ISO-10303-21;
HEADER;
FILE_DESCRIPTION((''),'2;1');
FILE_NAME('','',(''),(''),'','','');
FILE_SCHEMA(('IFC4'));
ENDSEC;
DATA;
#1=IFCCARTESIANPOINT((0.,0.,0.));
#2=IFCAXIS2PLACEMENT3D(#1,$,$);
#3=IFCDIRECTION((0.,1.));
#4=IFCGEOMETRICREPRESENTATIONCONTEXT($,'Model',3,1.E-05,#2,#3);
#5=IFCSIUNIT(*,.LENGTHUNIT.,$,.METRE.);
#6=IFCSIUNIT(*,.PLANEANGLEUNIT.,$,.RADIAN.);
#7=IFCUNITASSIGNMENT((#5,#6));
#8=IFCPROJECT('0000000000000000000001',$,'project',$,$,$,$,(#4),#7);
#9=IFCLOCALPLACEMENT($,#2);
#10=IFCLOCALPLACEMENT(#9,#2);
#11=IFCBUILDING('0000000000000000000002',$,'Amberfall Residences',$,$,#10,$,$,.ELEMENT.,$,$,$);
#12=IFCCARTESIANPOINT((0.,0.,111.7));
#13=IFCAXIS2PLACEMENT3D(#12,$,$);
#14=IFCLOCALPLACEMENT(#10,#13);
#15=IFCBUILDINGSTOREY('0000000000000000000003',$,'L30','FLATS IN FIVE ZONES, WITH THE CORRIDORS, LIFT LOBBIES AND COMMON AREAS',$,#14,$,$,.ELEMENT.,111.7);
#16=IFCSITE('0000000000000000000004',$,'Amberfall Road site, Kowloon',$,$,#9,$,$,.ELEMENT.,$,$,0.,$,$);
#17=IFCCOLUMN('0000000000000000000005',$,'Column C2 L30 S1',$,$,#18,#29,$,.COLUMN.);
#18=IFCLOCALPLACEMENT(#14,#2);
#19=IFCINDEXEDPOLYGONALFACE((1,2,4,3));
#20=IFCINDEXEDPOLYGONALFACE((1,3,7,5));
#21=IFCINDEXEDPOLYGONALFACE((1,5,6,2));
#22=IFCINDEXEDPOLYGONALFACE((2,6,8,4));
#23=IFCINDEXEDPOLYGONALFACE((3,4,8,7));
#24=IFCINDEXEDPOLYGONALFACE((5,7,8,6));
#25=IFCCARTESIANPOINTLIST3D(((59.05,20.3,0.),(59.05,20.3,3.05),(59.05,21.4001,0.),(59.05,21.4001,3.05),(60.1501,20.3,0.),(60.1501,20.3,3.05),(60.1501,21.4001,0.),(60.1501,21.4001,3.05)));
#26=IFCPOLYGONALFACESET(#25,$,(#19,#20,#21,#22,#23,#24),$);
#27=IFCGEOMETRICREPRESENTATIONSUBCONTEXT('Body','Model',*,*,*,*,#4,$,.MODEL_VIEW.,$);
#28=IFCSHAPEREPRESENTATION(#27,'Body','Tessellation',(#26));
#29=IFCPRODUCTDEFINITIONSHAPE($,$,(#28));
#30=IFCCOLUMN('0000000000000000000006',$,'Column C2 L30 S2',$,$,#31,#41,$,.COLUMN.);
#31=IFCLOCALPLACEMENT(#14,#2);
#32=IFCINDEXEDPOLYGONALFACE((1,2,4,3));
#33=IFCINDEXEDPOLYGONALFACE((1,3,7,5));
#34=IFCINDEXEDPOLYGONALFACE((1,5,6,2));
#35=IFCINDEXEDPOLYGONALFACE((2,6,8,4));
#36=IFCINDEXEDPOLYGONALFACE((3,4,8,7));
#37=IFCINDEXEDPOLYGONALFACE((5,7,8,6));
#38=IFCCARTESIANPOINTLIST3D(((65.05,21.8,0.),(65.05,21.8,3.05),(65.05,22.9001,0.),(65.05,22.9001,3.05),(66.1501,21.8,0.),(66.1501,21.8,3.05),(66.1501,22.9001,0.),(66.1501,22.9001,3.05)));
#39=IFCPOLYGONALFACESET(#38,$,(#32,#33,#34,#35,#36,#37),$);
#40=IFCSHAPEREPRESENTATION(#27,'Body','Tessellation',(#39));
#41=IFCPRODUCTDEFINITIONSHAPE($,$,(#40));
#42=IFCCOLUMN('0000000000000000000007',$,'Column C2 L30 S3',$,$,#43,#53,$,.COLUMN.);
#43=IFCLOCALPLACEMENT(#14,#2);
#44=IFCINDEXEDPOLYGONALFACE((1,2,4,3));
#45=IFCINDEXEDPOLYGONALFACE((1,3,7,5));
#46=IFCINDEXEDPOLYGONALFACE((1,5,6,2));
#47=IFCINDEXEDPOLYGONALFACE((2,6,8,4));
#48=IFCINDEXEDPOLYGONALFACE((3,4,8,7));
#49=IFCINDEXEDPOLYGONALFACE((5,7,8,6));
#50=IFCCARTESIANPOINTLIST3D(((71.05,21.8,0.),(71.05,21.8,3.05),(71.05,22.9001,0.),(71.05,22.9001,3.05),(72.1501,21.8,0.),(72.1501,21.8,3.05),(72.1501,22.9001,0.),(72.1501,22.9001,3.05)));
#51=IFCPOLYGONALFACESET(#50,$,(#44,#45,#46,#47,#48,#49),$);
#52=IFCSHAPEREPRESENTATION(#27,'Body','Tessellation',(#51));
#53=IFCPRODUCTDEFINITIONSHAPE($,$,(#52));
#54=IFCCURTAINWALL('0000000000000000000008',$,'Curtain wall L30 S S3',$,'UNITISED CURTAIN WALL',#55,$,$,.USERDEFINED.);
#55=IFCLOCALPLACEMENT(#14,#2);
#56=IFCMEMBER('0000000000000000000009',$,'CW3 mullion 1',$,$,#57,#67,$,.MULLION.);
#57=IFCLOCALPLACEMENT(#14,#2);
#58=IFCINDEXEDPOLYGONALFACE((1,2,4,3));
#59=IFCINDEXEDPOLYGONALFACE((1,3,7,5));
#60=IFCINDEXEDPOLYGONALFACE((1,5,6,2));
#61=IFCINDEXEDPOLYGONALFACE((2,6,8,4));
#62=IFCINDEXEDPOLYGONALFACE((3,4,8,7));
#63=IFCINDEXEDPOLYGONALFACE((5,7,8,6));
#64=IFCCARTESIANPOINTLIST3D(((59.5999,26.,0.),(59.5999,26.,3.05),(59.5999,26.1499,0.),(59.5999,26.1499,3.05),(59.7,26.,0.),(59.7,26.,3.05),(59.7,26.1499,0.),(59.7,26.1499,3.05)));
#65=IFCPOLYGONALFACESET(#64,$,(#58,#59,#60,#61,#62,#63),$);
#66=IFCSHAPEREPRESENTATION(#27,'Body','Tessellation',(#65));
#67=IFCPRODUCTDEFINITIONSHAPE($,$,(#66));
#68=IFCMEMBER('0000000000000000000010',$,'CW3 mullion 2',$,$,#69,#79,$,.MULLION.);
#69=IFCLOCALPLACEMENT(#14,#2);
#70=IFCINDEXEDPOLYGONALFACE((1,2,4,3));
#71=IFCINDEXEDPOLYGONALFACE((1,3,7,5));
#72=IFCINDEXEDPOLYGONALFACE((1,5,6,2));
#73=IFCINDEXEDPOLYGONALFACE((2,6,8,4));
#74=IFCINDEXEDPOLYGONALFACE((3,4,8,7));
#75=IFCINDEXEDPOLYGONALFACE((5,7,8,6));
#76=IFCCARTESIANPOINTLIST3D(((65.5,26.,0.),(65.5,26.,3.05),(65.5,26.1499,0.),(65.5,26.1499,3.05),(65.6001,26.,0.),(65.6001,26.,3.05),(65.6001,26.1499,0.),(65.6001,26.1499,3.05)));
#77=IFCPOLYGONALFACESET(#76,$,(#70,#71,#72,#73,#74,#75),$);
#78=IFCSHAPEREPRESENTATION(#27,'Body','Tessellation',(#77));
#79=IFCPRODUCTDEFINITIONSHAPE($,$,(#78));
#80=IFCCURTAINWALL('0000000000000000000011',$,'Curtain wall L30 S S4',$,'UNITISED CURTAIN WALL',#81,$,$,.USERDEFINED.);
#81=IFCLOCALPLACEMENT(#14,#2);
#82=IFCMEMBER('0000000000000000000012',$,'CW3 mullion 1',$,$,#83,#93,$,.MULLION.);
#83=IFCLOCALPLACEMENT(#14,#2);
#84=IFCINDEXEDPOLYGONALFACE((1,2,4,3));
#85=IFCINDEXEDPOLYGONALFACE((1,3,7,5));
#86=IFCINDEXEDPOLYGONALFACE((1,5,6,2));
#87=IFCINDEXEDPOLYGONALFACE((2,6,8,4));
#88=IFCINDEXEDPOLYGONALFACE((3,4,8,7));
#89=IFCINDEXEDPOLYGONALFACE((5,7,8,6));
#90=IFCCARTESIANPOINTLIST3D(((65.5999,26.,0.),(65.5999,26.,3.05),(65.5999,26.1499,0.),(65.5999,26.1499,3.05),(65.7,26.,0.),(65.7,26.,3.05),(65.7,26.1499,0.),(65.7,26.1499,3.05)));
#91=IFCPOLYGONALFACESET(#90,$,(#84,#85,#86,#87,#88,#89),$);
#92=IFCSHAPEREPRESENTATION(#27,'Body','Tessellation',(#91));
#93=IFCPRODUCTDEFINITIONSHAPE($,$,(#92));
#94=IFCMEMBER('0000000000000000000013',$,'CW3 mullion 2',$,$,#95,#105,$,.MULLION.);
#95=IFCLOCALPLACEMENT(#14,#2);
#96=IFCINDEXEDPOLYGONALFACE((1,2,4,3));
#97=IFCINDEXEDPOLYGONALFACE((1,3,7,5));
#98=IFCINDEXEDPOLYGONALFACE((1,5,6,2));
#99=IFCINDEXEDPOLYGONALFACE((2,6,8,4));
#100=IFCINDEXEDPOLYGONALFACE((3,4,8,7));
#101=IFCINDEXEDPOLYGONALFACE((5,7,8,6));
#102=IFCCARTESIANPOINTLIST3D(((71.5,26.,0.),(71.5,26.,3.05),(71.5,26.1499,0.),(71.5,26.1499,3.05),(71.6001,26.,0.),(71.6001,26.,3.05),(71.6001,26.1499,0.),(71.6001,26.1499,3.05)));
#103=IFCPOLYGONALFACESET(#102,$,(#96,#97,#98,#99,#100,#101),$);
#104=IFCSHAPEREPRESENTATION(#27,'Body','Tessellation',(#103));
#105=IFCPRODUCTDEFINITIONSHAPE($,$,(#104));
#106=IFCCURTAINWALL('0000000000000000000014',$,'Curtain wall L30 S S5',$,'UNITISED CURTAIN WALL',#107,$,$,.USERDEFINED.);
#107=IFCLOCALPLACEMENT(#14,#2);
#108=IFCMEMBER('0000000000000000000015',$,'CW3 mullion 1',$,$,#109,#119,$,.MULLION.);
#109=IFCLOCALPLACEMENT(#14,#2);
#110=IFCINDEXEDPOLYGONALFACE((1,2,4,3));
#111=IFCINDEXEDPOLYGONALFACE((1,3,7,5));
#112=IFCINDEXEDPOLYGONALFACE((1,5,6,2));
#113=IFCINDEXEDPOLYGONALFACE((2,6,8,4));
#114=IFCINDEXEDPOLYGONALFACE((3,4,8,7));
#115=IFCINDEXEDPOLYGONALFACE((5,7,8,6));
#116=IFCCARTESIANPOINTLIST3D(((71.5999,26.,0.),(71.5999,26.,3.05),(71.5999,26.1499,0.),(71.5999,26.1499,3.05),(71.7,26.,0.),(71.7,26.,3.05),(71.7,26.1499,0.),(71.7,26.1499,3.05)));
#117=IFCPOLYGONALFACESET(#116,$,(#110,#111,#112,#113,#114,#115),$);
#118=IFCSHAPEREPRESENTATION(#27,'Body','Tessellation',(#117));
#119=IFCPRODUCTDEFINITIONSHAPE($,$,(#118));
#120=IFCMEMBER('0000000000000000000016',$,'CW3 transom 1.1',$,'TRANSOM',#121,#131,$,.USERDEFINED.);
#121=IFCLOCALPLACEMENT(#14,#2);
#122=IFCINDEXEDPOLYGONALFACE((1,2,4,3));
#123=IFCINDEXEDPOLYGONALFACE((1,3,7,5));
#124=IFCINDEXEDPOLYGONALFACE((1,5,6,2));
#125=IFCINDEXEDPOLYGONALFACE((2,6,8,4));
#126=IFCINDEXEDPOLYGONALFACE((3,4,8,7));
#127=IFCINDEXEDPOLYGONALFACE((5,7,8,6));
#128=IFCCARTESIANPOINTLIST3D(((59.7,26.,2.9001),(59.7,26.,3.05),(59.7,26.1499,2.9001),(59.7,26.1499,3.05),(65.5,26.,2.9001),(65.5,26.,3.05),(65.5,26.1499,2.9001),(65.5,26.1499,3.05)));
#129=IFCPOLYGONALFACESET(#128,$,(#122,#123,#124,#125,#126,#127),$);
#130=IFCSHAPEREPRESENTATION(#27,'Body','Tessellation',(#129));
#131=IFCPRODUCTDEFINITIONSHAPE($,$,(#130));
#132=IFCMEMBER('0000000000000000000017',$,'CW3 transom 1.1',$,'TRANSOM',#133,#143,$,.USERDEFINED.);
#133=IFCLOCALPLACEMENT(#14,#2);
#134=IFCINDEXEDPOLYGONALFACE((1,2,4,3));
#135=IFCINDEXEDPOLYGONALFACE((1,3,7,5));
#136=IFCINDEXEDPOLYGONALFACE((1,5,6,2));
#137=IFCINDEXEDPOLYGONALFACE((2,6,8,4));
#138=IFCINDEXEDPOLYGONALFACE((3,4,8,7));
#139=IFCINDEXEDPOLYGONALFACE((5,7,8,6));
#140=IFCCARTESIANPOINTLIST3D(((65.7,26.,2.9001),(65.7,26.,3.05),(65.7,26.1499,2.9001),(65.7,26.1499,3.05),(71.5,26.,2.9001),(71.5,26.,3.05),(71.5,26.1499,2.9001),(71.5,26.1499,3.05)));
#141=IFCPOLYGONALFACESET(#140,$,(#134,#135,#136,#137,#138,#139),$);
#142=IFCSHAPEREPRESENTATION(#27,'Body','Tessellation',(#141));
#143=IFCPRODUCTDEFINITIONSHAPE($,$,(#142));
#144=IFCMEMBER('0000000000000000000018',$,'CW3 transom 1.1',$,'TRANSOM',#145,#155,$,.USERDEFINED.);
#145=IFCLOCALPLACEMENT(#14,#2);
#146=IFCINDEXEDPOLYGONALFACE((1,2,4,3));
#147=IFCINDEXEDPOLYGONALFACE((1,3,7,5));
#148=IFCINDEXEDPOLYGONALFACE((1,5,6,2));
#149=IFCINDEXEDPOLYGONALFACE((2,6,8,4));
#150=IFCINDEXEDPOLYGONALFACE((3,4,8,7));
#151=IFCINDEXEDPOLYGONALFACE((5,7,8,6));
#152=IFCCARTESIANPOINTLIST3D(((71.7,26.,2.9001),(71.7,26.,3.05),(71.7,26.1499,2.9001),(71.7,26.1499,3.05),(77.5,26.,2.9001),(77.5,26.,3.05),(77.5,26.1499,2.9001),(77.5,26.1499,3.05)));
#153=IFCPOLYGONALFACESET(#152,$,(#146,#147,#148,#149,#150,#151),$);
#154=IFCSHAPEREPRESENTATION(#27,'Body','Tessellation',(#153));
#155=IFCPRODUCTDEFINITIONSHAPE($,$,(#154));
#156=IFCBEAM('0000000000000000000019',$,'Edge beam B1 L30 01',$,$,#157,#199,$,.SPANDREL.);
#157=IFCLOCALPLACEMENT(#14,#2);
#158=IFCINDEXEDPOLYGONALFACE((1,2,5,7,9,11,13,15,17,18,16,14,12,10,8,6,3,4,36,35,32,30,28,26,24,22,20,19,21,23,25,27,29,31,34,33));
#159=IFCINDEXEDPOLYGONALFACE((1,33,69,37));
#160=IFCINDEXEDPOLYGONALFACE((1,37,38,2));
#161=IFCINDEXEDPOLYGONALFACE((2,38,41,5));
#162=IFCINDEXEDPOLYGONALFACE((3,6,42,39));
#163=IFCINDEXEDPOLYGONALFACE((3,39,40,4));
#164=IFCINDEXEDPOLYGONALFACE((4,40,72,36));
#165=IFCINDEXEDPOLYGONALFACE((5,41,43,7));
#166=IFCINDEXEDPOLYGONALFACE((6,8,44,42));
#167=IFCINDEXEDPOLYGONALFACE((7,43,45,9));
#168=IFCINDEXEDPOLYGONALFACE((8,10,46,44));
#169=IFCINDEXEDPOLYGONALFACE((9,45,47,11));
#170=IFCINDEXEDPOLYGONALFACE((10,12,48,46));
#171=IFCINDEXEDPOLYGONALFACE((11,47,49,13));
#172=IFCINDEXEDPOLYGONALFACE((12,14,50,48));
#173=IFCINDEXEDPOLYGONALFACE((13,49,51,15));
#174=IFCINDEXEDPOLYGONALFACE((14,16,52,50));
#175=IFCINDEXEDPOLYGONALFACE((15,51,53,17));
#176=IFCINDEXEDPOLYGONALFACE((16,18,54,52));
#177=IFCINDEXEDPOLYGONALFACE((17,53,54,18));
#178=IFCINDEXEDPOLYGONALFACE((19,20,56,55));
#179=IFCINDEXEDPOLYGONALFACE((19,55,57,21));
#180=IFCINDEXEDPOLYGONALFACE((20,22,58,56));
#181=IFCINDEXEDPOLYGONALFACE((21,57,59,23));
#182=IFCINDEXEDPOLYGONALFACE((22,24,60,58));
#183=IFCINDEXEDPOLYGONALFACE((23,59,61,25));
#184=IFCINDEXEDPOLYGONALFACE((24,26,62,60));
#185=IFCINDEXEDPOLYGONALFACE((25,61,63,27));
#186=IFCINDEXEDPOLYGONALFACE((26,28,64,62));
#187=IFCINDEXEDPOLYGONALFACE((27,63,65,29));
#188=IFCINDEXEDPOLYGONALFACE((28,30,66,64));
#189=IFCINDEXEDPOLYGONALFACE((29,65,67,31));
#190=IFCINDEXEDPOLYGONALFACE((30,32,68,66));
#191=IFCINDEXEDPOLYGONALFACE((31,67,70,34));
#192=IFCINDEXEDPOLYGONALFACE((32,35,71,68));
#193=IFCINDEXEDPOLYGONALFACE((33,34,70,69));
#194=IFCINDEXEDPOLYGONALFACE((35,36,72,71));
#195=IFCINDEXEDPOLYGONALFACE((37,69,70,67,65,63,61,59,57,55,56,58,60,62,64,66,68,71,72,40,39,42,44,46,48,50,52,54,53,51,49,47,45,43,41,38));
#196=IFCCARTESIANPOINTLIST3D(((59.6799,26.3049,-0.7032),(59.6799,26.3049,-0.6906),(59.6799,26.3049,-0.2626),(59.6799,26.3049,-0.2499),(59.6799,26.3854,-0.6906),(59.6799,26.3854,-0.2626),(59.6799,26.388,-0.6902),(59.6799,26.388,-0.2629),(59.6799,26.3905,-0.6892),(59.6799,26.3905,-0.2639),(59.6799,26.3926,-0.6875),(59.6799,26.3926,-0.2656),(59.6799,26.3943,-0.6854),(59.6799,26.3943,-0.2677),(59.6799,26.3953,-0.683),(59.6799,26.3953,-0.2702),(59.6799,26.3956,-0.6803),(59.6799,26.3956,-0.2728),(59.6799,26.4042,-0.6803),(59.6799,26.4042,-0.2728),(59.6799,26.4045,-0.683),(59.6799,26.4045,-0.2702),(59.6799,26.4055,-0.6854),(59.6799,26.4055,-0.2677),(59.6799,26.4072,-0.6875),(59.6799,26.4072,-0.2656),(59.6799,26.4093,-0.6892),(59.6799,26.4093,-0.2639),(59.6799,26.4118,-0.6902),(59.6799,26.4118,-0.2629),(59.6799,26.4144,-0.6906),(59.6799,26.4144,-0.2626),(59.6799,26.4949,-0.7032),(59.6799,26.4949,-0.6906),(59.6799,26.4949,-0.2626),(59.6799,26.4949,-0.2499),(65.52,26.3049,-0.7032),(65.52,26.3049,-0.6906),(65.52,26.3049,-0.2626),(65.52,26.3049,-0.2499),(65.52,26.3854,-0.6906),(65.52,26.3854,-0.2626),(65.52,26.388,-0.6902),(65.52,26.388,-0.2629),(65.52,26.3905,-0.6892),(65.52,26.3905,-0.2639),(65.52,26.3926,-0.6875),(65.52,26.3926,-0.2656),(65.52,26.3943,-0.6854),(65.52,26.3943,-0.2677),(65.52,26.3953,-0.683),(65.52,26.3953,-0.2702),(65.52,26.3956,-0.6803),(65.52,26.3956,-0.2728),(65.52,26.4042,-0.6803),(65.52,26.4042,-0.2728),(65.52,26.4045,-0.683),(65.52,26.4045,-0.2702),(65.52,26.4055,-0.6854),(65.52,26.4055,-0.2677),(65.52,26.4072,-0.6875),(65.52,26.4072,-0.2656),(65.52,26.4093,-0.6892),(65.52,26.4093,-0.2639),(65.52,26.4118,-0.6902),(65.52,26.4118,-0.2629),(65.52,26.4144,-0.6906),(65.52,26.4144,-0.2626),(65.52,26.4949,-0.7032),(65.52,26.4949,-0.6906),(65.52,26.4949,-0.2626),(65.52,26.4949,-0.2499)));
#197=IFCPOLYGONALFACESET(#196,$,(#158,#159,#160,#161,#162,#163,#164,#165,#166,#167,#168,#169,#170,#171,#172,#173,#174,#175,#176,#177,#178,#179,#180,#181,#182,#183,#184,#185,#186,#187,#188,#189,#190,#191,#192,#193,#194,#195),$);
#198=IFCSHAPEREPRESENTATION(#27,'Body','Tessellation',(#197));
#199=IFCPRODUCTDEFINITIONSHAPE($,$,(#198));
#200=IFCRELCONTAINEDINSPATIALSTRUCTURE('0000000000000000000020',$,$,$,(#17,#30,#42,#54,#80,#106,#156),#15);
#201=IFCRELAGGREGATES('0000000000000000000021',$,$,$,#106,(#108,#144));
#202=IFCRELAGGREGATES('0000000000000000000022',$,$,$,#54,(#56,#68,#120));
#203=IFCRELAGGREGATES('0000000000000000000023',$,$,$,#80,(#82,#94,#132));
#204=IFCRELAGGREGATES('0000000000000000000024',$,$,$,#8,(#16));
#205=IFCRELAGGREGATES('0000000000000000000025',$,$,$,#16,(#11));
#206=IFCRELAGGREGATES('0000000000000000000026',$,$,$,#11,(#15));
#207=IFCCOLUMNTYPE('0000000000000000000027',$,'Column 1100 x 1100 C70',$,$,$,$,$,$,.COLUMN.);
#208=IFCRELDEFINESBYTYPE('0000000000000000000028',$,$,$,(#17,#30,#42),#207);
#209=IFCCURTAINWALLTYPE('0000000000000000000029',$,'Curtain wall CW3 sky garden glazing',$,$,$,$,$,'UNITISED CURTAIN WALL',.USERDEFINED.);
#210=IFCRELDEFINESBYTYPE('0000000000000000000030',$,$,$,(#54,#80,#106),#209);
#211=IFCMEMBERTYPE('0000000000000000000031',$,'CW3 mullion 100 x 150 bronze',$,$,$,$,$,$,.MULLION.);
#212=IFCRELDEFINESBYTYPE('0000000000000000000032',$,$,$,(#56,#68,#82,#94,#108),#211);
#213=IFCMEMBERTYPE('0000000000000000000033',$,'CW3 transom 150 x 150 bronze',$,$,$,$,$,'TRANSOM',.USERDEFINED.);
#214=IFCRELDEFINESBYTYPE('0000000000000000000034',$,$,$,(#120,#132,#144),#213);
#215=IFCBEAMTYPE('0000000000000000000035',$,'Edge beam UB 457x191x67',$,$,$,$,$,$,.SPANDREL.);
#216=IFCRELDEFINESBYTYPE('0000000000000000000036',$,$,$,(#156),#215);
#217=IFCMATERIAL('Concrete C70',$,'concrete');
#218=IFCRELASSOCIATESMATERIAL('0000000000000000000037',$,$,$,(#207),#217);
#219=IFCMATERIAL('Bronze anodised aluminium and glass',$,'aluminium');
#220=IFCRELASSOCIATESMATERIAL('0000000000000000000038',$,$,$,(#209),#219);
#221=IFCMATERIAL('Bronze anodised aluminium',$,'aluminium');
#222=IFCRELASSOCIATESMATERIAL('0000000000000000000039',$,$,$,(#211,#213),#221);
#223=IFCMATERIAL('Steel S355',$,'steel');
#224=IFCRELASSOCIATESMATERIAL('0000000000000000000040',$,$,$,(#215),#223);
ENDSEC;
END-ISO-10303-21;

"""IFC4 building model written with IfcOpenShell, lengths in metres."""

from ifc_helpers import new_model, si_unit, direction, frame, origin, origin_2d, place, context, subcontext, project, spatial, rectangle, i_section, extrude, material, material_profile, profile_set, type_object, element, aggregate, save


model = new_model("IFC4")

# Units and contexts
model_context = context("Model", 3, precision=1e-05, world=origin(), true_north=direction((0.0, 1.0)))
body_context = subcontext(model_context, "Body", "Model", "MODEL_VIEW")
ifc_project = project(units=[si_unit("LENGTHUNIT", "METRE"), si_unit("PLANEANGLEUNIT", "RADIAN")], contexts=[model_context])

# Site, building, storey
site_placement = place(None, origin())
site = spatial("IfcSite", under=ifc_project, at=site_placement, Name="Amberfall Road site, Kowloon", CompositionType="ELEMENT", RefElevation=0.0)
building_placement = place(site_placement, origin())
building = spatial("IfcBuilding", under=site, at=building_placement, Name="Amberfall Residences", CompositionType="ELEMENT")
storey_placement = place(building_placement, frame((0.0, 0.0, 111.7)))
storey = spatial("IfcBuildingStorey", under=building, at=storey_placement, Name="L30", Description="FLATS IN FIVE ZONES, WITH THE CORRIDORS, LIFT LOBBIES AND COMMON AREAS", CompositionType="ELEMENT", Elevation=111.7)

# Columns
ifc_material_1 = material(Name="Concrete C70", Category="concrete")
ifc_material_profile_1 = material_profile(ifc_material_1, rectangle(XDim=1.1001, YDim=1.1001, at=origin_2d()), Name="Column 1100 x 1100 C70")
ifc_profile_set_1 = profile_set([ifc_material_profile_1], Name="Concrete C70")
column_type = type_object("IfcColumnType", Name="Column 1100 x 1100 C70", PredefinedType="COLUMN", material=ifc_profile_set_1)
for number, where, z_axis, x_axis, name in (
    (1, (59.6001, 20.8501, 0.0), (0.0, 0.0, 1.0), (1.0, 0.0, 0.0), "Column C2 L30 S1"),
    (2, (65.6001, 22.3501, 0.0), (0.0, 0.0, 1.0), (1.0, 0.0, 0.0), "Column C2 L30 S2"),
    (3, (71.6001, 22.3501, 0.0), (0.0, 0.0, 1.0), (1.0, 0.0, 0.0), "Column C2 L30 S3"),
):
    element("IfcColumn", number, at=place(storey_placement, frame(where, z_axis=z_axis, x_axis=x_axis)), inside=storey, type_object=column_type, Name=name, PredefinedType="COLUMN", context=body_context, shape_type="SweptSolid", body=[
        extrude(rectangle(XDim=1.1001, YDim=1.1001, at=origin_2d()), origin(), (0.0, 0.0, 1.0), 3.05),
    ])

# Curtain walls, members
ifc_material_2 = material(Name="Bronze anodised aluminium and glass", Category="aluminium")
curtain_wall_type = type_object("IfcCurtainWallType", Name="Curtain wall CW3 sky garden glazing", ElementType="UNITISED CURTAIN WALL", PredefinedType="USERDEFINED", material=ifc_material_2)
curtain_wall_1_placement = place(storey_placement, origin())
curtain_wall_1 = element("IfcCurtainWall", 4, at=curtain_wall_1_placement, inside=storey, type_object=curtain_wall_type, Name="Curtain wall L30 S S3", ObjectType="UNITISED CURTAIN WALL", PredefinedType="USERDEFINED")
ifc_material_3 = material(Name="Bronze anodised aluminium", Category="aluminium")
ifc_material_profile_2 = material_profile(ifc_material_3, rectangle(XDim=0.1499, YDim=0.1001, at=origin_2d()), Name="CW3 mullion 100 x 150 bronze")
ifc_profile_set_2 = profile_set([ifc_material_profile_2], Name="Bronze anodised aluminium")
member_type_1 = type_object("IfcMemberType", Name="CW3 mullion 100 x 150 bronze", PredefinedType="MULLION", material=ifc_profile_set_2)
member_1_placement = place(storey_placement, frame((59.6499, 26.075, 0.0), z_axis=(0.0, 0.0, 1.0), x_axis=(0.0, 1.0, 0.0)))
member_1 = element("IfcMember", 5, at=member_1_placement, type_object=member_type_1, Name="CW3 mullion 1", PredefinedType="MULLION", context=body_context, shape_type="SweptSolid", body=[
    extrude(rectangle(XDim=0.1499, YDim=0.1001, at=origin_2d()), origin(), (0.0, 0.0, 1.0), 3.05),
])
member_2_placement = place(storey_placement, frame((65.55, 26.075, 0.0), z_axis=(0.0, 0.0, 1.0), x_axis=(0.0, 1.0, 0.0)))
member_2 = element("IfcMember", 6, at=member_2_placement, type_object=member_type_1, Name="CW3 mullion 2", PredefinedType="MULLION", context=body_context, shape_type="SweptSolid", body=[
    extrude(rectangle(XDim=0.1499, YDim=0.1001, at=origin_2d()), origin(), (0.0, 0.0, 1.0), 3.05),
])
curtain_wall_2_placement = place(storey_placement, origin())
curtain_wall_2 = element("IfcCurtainWall", 7, at=curtain_wall_2_placement, inside=storey, type_object=curtain_wall_type, Name="Curtain wall L30 S S4", ObjectType="UNITISED CURTAIN WALL", PredefinedType="USERDEFINED")
member_3_placement = place(storey_placement, frame((65.6499, 26.075, 0.0), z_axis=(0.0, 0.0, 1.0), x_axis=(0.0, 1.0, 0.0)))
member_3 = element("IfcMember", 8, at=member_3_placement, type_object=member_type_1, Name="CW3 mullion 1", PredefinedType="MULLION", context=body_context, shape_type="SweptSolid", body=[
    extrude(rectangle(XDim=0.1499, YDim=0.1001, at=origin_2d()), origin(), (0.0, 0.0, 1.0), 3.05),
])
member_4_placement = place(storey_placement, frame((71.55, 26.075, 0.0), z_axis=(0.0, 0.0, 1.0), x_axis=(0.0, 1.0, 0.0)))
member_4 = element("IfcMember", 9, at=member_4_placement, type_object=member_type_1, Name="CW3 mullion 2", PredefinedType="MULLION", context=body_context, shape_type="SweptSolid", body=[
    extrude(rectangle(XDim=0.1499, YDim=0.1001, at=origin_2d()), origin(), (0.0, 0.0, 1.0), 3.05),
])

# Curtain wall, member
curtain_wall_3_placement = place(storey_placement, origin())
curtain_wall_3 = element("IfcCurtainWall", 10, at=curtain_wall_3_placement, inside=storey, type_object=curtain_wall_type, Name="Curtain wall L30 S S5", ObjectType="UNITISED CURTAIN WALL", PredefinedType="USERDEFINED")
member_5_placement = place(storey_placement, frame((71.6499, 26.075, 0.0), z_axis=(0.0, 0.0, 1.0), x_axis=(0.0, 1.0, 0.0)))
member_5 = element("IfcMember", 11, at=member_5_placement, type_object=member_type_1, Name="CW3 mullion 1", PredefinedType="MULLION", context=body_context, shape_type="SweptSolid", body=[
    extrude(rectangle(XDim=0.1499, YDim=0.1001, at=origin_2d()), origin(), (0.0, 0.0, 1.0), 3.05),
])

# Members
ifc_material_profile_3 = material_profile(ifc_material_3, rectangle(XDim=0.1499, YDim=0.1499, at=origin_2d()), Name="CW3 transom 150 x 150 bronze")
ifc_profile_set_3 = profile_set([ifc_material_profile_3], Name="Bronze anodised aluminium")
member_type_2 = type_object("IfcMemberType", Name="CW3 transom 150 x 150 bronze", ElementType="TRANSOM", PredefinedType="USERDEFINED", material=ifc_profile_set_3)
member_6_placement = place(storey_placement, frame((59.7, 26.075, 2.9751), z_axis=(1.0, 0.0, 0.0), x_axis=(0.0, 1.0, 0.0)))
member_6 = element("IfcMember", 12, at=member_6_placement, type_object=member_type_2, Name="CW3 transom 1.1", ObjectType="TRANSOM", PredefinedType="USERDEFINED", context=body_context, shape_type="SweptSolid", body=[
    extrude(rectangle(XDim=0.1499, YDim=0.1499, at=origin_2d()), origin(), (0.0, 0.0, 1.0), 5.8),
])
member_7_placement = place(storey_placement, frame((65.7, 26.075, 2.9751), z_axis=(1.0, 0.0, 0.0), x_axis=(0.0, 1.0, 0.0)))
member_7 = element("IfcMember", 13, at=member_7_placement, type_object=member_type_2, Name="CW3 transom 1.1", ObjectType="TRANSOM", PredefinedType="USERDEFINED", context=body_context, shape_type="SweptSolid", body=[
    extrude(rectangle(XDim=0.1499, YDim=0.1499, at=origin_2d()), origin(), (0.0, 0.0, 1.0), 5.8),
])
member_8_placement = place(storey_placement, frame((71.7, 26.075, 2.9751), z_axis=(1.0, 0.0, 0.0), x_axis=(0.0, 1.0, 0.0)))
member_8 = element("IfcMember", 14, at=member_8_placement, type_object=member_type_2, Name="CW3 transom 1.1", ObjectType="TRANSOM", PredefinedType="USERDEFINED", context=body_context, shape_type="SweptSolid", body=[
    extrude(rectangle(XDim=0.1499, YDim=0.1499, at=origin_2d()), origin(), (0.0, 0.0, 1.0), 5.8),
])
aggregate(curtain_wall_3, [member_5, member_8])

# Beam
ifc_material_4 = material(Name="Steel S355", Category="steel")
ifc_material_profile_4 = material_profile(ifc_material_4, i_section(OverallWidth=0.1899, OverallDepth=0.4534, WebThickness=0.0085, FlangeThickness=0.0127, FilletRadius=0.0103, at=origin_2d()), Name="UB 457x191x67")
ifc_profile_set_4 = profile_set([ifc_material_profile_4], Name="Steel S355")
beam_type_1 = type_object("IfcBeamType", Name="Edge beam UB 457x191x67", PredefinedType="SPANDREL", material=ifc_profile_set_4)
for number, where, z_axis, x_axis, name in (
    (15, (59.6799, 26.3999, -0.4766), (1.0, 0.0, 0.0), (0.0, 1.0, 0.0), "Edge beam B1 L30 01"),
):
    element("IfcBeam", number, at=place(storey_placement, frame(where, z_axis=z_axis, x_axis=x_axis)), inside=storey, type_object=beam_type_1, Name=name, PredefinedType="SPANDREL", context=body_context, shape_type="SweptSolid", body=[
        extrude(i_section(OverallWidth=0.1899, OverallDepth=0.4534, WebThickness=0.0085, FlangeThickness=0.0127, FilletRadius=0.0103, at=origin_2d()), origin(), (0.0, 0.0, 1.0), 5.8401),
    ])

aggregate(curtain_wall_1, [member_1, member_2, member_6])
aggregate(curtain_wall_2, [member_3, member_4, member_7])

save(model, "model.ifc")
